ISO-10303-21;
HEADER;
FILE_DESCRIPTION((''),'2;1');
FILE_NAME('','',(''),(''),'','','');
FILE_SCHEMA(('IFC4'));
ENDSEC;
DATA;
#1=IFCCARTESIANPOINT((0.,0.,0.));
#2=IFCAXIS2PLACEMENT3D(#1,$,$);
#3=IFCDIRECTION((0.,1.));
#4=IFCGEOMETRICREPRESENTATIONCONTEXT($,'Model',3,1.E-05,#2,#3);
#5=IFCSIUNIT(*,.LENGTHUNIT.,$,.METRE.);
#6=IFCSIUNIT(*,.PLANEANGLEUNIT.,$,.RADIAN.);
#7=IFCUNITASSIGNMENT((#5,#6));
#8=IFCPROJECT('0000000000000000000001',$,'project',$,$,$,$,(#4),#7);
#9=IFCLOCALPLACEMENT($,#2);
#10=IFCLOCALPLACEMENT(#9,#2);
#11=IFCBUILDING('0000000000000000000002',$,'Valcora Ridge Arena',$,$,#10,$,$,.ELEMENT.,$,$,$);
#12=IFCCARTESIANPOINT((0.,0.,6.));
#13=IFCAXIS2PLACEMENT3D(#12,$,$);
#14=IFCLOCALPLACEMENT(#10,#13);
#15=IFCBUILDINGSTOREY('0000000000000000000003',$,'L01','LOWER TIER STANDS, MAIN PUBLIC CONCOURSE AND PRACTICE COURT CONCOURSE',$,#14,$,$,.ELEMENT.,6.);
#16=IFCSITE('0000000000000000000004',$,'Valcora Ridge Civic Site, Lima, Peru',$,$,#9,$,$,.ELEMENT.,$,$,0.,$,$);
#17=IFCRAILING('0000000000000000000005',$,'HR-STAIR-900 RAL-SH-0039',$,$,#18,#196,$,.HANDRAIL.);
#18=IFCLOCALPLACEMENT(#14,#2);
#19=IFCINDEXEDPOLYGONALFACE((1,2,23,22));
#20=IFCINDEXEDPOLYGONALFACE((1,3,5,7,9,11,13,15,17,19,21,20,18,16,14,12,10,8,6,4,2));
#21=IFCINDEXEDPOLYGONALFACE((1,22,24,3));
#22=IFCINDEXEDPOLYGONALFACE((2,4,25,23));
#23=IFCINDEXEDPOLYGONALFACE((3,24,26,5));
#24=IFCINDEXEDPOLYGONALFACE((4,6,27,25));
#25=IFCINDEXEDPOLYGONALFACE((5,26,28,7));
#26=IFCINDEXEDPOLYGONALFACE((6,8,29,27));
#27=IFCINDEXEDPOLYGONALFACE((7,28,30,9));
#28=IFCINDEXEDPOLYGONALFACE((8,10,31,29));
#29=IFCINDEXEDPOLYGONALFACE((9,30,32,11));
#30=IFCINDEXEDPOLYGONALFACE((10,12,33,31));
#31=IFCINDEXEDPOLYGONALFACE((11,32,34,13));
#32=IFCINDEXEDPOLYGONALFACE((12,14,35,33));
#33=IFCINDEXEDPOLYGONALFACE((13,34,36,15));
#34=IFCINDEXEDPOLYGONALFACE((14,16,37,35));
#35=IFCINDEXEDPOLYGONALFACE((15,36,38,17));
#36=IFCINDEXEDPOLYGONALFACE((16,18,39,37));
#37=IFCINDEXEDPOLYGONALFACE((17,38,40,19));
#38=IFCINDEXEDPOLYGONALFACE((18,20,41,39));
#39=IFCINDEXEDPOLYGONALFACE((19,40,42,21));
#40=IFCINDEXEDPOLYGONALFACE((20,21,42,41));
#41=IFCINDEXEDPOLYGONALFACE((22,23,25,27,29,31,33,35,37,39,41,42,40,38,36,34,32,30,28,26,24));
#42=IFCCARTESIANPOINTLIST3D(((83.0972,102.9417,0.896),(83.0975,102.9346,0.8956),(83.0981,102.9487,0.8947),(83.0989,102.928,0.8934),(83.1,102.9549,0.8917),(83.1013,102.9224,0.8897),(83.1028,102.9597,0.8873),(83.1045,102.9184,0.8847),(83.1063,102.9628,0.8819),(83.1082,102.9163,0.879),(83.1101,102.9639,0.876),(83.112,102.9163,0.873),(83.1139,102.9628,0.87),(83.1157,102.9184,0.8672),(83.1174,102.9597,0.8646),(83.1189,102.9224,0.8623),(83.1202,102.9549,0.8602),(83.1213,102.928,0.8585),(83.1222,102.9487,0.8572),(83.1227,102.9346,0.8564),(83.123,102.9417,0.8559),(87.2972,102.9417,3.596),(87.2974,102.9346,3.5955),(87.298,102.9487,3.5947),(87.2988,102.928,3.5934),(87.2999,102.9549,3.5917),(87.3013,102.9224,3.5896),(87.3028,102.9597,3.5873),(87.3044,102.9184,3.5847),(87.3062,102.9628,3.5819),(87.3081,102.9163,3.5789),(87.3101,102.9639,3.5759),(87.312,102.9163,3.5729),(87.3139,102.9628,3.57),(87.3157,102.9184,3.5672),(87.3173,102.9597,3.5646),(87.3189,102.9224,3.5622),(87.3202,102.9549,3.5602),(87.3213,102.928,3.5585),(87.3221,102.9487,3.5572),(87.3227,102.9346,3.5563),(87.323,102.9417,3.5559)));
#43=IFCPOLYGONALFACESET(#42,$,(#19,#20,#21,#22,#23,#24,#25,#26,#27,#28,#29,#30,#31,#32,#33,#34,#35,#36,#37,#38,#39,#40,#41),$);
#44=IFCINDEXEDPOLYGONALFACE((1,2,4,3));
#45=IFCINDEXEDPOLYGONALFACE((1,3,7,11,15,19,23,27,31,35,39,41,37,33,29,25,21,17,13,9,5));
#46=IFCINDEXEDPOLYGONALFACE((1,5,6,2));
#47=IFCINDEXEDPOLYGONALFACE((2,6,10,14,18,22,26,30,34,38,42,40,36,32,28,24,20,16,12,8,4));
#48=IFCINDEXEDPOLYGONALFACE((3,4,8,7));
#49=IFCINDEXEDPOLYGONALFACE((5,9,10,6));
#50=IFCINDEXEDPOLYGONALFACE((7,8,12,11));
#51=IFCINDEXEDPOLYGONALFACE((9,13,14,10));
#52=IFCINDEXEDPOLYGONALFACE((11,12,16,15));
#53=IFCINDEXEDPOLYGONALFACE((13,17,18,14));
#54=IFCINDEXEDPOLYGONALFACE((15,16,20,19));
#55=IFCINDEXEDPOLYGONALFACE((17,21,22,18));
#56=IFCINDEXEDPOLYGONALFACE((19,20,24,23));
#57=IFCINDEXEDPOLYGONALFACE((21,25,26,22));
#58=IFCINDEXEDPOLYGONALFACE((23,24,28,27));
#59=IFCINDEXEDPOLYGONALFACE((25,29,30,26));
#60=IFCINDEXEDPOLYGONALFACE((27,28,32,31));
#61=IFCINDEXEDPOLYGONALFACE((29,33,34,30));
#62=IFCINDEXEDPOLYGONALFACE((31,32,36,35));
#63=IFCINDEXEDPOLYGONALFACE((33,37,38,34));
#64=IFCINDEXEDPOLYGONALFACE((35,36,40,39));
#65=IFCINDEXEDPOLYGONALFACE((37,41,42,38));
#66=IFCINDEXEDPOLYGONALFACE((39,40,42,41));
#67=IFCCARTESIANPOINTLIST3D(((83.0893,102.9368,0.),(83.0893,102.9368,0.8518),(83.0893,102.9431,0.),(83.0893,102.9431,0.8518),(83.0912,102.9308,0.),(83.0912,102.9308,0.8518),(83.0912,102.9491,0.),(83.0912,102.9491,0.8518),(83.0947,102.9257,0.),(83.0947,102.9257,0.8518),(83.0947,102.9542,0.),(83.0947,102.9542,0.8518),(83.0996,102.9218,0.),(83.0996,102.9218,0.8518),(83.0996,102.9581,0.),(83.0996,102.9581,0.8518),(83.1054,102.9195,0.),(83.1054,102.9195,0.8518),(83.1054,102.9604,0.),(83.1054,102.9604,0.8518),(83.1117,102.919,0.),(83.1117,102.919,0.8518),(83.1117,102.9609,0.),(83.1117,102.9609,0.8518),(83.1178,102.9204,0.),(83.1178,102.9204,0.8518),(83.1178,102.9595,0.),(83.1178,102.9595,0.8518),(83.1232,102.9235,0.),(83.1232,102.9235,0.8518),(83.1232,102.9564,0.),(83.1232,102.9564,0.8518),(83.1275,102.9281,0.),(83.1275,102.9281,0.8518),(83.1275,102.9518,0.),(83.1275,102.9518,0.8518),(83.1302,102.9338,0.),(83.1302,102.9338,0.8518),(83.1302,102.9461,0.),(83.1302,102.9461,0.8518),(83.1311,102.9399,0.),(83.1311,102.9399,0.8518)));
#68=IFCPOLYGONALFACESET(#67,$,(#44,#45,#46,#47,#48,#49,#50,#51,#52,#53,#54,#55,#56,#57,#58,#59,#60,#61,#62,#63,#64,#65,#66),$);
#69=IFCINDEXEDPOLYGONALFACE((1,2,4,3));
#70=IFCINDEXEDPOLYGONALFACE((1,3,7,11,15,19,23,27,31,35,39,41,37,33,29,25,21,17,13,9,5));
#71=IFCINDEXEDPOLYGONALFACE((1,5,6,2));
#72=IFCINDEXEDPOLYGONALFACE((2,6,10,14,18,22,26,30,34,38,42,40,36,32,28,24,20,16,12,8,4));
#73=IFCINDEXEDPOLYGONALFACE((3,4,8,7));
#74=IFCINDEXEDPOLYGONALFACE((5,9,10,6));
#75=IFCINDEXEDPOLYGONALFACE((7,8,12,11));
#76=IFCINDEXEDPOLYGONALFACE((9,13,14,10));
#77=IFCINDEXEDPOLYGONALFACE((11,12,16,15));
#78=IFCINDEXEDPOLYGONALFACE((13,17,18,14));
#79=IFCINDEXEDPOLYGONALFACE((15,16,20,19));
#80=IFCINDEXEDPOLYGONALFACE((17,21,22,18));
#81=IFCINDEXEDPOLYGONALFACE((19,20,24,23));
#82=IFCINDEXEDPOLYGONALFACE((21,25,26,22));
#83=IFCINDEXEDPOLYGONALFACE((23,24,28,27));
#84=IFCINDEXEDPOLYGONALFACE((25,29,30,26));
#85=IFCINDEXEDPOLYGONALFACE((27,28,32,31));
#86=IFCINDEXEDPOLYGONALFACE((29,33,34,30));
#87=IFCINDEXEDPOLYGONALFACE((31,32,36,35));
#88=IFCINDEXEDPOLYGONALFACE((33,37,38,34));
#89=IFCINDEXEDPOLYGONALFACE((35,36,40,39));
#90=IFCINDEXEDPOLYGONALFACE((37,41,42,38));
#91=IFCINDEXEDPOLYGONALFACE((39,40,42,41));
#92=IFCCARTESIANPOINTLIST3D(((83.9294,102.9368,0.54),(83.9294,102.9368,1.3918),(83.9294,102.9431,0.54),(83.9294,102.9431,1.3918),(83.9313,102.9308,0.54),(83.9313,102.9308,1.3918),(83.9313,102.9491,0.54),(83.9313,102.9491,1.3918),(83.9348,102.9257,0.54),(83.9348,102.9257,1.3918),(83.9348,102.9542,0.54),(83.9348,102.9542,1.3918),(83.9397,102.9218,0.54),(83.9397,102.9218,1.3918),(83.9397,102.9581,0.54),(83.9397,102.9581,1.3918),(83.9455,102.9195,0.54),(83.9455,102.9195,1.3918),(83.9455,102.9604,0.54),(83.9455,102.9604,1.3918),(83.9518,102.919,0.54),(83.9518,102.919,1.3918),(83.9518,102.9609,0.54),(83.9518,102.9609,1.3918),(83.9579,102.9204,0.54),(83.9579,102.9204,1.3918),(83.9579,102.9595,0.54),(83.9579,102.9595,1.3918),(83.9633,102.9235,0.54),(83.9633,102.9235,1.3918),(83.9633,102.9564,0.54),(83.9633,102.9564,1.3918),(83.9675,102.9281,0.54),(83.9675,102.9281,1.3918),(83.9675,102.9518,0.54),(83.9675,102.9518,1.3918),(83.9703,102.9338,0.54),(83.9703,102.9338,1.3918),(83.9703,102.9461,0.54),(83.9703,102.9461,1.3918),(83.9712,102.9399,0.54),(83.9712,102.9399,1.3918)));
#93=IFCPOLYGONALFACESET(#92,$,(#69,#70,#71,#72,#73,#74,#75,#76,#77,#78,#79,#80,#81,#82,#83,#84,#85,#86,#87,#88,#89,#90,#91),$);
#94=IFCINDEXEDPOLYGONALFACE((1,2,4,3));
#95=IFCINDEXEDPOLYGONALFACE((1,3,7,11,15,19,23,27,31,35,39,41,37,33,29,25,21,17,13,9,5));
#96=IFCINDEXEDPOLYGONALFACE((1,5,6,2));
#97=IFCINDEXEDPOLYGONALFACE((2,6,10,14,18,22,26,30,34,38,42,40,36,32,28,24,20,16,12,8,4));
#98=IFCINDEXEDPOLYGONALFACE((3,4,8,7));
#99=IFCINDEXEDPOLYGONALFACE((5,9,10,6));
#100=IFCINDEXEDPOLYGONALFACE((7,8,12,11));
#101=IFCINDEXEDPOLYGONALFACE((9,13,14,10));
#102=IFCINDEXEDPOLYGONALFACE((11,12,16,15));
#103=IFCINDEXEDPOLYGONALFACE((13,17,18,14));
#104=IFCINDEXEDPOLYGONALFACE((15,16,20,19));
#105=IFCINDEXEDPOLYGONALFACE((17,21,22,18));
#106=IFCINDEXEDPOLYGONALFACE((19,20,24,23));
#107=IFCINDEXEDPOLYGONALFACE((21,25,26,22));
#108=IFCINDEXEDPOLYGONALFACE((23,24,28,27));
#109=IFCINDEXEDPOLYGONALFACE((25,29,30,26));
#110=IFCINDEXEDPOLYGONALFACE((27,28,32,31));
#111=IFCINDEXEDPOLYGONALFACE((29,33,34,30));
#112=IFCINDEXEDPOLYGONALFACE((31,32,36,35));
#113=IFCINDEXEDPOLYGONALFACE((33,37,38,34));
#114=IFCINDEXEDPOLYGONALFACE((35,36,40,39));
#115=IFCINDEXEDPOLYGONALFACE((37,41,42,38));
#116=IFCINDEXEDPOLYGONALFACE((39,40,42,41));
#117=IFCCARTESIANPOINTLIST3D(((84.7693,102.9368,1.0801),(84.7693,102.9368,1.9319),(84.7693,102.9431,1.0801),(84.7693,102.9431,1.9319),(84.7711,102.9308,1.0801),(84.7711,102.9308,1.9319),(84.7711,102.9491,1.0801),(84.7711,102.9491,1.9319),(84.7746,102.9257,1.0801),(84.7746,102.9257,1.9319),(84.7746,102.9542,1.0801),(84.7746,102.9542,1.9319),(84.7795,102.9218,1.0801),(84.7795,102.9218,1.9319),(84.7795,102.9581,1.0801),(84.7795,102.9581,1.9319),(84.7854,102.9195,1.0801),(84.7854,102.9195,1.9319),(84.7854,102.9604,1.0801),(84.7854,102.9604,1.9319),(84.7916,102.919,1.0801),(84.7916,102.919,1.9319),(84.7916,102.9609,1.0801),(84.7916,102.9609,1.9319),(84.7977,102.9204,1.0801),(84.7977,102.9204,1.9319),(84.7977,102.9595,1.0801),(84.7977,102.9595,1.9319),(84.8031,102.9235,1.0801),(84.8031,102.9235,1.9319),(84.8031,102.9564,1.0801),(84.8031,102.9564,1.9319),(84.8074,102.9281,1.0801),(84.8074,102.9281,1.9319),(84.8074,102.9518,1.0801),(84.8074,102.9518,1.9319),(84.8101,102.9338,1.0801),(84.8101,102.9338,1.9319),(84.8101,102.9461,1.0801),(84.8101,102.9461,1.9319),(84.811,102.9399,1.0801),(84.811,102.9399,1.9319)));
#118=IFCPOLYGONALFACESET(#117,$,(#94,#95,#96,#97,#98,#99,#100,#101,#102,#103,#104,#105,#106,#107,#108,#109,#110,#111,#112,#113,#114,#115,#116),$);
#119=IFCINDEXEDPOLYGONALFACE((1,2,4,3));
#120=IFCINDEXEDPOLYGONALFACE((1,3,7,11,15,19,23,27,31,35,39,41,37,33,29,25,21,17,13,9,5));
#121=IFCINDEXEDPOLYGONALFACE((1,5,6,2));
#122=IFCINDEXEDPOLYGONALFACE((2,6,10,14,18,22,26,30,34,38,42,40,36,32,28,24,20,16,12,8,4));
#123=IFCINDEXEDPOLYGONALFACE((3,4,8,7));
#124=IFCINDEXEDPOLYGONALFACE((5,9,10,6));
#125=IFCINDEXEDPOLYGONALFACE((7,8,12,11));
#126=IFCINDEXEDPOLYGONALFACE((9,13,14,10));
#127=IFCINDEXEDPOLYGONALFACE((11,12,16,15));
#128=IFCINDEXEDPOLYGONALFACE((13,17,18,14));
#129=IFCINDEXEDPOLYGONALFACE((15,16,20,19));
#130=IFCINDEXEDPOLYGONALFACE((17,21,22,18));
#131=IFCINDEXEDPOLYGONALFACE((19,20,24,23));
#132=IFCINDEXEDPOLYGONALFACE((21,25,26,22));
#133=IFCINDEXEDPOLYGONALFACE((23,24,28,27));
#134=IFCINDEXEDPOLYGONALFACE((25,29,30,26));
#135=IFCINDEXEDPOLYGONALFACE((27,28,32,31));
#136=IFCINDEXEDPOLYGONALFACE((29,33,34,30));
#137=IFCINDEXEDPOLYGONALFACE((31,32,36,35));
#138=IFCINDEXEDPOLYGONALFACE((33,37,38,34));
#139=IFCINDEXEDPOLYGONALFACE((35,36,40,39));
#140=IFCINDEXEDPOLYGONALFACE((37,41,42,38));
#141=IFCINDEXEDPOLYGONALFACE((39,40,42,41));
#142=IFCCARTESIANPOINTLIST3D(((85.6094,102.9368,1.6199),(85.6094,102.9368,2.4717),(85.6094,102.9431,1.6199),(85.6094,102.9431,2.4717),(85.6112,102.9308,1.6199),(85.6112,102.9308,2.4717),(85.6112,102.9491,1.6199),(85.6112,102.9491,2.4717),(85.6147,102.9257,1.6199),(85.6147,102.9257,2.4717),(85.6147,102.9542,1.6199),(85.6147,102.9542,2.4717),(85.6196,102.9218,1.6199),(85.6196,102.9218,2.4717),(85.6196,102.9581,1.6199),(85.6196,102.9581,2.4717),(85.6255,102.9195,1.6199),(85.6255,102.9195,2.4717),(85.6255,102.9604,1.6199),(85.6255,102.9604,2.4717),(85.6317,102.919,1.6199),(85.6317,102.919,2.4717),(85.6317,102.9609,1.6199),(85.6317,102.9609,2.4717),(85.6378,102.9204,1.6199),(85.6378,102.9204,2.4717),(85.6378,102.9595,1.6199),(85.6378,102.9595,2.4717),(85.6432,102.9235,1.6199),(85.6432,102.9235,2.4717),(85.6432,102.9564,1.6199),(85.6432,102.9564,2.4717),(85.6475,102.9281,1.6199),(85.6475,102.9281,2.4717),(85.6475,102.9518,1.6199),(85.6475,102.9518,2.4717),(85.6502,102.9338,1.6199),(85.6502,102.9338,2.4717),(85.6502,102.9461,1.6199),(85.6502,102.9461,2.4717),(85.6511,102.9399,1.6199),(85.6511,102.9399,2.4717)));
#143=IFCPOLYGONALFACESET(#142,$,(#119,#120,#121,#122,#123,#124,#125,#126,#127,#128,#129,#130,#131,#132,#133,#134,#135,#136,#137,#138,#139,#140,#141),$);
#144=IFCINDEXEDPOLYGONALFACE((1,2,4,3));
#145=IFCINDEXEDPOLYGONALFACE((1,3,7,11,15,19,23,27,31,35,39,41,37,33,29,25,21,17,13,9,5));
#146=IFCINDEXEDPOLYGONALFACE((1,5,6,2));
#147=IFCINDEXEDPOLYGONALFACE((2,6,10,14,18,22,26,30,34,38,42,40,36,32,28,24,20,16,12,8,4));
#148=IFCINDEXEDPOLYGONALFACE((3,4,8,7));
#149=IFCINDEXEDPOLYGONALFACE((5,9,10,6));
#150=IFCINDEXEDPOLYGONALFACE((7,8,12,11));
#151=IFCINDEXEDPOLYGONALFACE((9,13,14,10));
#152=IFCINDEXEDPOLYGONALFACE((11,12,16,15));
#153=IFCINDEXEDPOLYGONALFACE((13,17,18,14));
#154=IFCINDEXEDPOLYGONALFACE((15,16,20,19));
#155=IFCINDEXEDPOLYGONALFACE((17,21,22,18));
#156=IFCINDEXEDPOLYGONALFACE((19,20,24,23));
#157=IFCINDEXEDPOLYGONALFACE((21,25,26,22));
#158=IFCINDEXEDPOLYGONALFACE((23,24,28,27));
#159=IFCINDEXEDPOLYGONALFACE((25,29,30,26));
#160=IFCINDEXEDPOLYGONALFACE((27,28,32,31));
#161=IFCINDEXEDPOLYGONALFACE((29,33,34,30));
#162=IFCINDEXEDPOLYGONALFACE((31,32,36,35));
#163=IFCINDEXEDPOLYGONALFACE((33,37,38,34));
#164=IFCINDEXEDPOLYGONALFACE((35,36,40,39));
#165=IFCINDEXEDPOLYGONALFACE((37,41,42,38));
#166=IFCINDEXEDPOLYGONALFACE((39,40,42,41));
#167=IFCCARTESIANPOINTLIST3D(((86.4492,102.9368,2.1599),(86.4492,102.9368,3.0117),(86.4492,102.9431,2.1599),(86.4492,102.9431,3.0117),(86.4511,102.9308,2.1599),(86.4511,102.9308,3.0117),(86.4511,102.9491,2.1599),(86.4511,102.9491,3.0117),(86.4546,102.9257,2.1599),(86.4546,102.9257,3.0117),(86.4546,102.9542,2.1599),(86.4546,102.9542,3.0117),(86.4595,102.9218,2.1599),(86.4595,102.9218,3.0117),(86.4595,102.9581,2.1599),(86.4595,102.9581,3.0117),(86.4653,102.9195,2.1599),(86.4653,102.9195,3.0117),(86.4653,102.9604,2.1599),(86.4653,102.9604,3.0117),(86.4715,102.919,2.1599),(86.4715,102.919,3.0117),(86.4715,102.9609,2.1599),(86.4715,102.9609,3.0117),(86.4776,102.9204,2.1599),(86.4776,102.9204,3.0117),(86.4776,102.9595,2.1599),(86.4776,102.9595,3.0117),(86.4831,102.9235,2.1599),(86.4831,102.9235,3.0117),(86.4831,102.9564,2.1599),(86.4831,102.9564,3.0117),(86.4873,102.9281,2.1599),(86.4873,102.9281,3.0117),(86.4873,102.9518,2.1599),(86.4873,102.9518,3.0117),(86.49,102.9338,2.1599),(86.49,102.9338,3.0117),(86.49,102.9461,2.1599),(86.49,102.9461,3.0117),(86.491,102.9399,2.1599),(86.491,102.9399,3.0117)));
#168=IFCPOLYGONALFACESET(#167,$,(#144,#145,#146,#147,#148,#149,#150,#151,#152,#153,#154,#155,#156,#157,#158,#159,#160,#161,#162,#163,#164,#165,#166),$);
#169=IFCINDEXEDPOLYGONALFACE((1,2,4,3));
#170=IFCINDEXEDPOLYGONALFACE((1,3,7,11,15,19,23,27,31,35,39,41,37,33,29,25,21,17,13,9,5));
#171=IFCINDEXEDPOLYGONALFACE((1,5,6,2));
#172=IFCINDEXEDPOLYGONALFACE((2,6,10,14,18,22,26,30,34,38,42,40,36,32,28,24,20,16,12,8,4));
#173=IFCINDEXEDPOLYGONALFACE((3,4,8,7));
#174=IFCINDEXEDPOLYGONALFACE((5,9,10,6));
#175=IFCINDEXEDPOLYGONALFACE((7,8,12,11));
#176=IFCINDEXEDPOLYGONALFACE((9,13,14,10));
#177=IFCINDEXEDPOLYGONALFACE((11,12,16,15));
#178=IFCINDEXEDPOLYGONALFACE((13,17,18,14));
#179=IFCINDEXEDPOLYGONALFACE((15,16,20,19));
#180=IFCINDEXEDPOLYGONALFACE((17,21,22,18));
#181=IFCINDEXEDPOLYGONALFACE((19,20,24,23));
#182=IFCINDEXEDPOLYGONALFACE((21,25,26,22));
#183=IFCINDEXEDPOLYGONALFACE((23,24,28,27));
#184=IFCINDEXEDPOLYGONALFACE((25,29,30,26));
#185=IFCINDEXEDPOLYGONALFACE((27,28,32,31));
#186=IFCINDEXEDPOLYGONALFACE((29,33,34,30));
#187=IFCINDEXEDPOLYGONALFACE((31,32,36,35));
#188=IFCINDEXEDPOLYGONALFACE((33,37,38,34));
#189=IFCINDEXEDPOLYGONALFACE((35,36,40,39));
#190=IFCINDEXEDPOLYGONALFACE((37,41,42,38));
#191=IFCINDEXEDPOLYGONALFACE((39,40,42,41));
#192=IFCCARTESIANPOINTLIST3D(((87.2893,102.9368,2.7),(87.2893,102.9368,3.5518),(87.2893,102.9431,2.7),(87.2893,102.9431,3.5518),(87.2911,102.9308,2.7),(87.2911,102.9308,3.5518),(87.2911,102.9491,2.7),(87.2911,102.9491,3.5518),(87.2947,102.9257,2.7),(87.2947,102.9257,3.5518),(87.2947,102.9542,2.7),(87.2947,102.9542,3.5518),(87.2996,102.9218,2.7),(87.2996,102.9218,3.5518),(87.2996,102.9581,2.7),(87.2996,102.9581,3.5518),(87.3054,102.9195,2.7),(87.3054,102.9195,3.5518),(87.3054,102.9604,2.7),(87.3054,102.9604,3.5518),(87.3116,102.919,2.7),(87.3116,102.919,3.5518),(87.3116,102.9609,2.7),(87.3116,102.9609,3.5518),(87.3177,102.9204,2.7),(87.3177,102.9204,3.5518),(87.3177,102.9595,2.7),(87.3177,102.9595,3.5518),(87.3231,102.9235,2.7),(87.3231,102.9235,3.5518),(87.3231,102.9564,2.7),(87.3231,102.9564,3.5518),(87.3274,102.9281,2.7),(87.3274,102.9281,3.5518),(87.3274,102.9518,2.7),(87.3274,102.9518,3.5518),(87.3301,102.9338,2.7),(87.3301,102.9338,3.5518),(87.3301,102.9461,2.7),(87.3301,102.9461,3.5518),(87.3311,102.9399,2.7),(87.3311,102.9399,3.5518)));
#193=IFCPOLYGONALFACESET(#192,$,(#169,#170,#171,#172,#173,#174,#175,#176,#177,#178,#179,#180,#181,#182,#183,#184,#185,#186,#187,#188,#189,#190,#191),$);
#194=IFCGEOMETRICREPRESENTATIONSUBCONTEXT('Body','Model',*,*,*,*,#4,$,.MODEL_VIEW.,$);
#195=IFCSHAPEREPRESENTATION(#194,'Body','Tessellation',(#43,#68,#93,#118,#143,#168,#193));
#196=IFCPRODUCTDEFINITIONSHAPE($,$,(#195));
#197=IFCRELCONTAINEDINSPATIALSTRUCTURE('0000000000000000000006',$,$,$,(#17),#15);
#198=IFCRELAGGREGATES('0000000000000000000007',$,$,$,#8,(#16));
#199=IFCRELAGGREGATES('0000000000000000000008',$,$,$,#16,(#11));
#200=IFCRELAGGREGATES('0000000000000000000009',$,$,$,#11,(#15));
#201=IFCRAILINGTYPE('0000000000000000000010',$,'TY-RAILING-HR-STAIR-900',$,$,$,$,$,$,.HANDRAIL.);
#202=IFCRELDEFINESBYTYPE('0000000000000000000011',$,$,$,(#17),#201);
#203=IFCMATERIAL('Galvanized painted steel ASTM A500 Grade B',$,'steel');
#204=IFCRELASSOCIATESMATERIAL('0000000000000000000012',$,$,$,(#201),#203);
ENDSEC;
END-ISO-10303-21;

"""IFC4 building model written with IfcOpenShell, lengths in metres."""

from ifc_helpers import new_model, si_unit, direction, frame, origin, origin_2d, place, context, subcontext, project, spatial, circle, extrude, material, type_object, element, save


model = new_model("IFC4")

# Units and contexts
model_context = context("Model", 3, precision=1e-05, world=origin(), true_north=direction((0.0, 1.0)))
body_context = subcontext(model_context, "Body", "Model", "MODEL_VIEW")
ifc_project = project(units=[si_unit("LENGTHUNIT", "METRE"), si_unit("PLANEANGLEUNIT", "RADIAN")], contexts=[model_context])

# Site, building, storey
site_placement = place(None, origin())
site = spatial("IfcSite", under=ifc_project, at=site_placement, Name="Valcora Ridge Civic Site, Lima, Peru", CompositionType="ELEMENT", RefElevation=0.0)
building_placement = place(site_placement, origin())
building = spatial("IfcBuilding", under=site, at=building_placement, Name="Valcora Ridge Arena", CompositionType="ELEMENT")
storey_placement = place(building_placement, frame((0.0, 0.0, 6.0)))
storey = spatial("IfcBuildingStorey", under=building, at=storey_placement, Name="L01", Description="LOWER TIER STANDS, MAIN PUBLIC CONCOURSE AND PRACTICE COURT CONCOURSE", CompositionType="ELEMENT", Elevation=6.0)

# Railing
ifc_material_1 = material(Name="Galvanized painted steel ASTM A500 Grade B", Category="steel")
railing_type_1 = type_object("IfcRailingType", Name="TY-RAILING-HR-STAIR-900", PredefinedType="HANDRAIL", material=ifc_material_1)
railing_1_placement = place(storey_placement, frame((83.1101, 102.9399, 0.0)))
element("IfcRailing", 1, at=railing_1_placement, inside=storey, type_object=railing_type_1, Name="HR-STAIR-900 RAL-SH-0039", PredefinedType="HANDRAIL", context=body_context, shape_type="SweptSolid", body=[
    extrude(circle(Radius=0.0239, at=origin_2d()), frame((0.0, 0.0, 0.876), z_axis=(0.84118, 0.0, 0.540755), x_axis=(0.0, 1.0, 0.0)), (0.0, 0.0, 1.0), 4.9929),
    extrude(circle(Radius=0.021, at=origin_2d()), origin(), (0.0, 0.0, 1.0), 0.8518),
    extrude(circle(Radius=0.021, at=origin_2d()), frame((0.8401, 0.0, 0.54)), (0.0, 0.0, 1.0), 0.8518),
    extrude(circle(Radius=0.021, at=origin_2d()), frame((1.6799, 0.0, 1.0801)), (0.0, 0.0, 1.0), 0.8518),
    extrude(circle(Radius=0.021, at=origin_2d()), frame((2.52, 0.0, 1.6199)), (0.0, 0.0, 1.0), 0.8518),
    extrude(circle(Radius=0.021, at=origin_2d()), frame((3.3599, 0.0, 2.1599)), (0.0, 0.0, 1.0), 0.8518),
    extrude(circle(Radius=0.021, at=origin_2d()), frame((4.2, 0.0, 2.7)), (0.0, 0.0, 1.0), 0.8518),
])

save(model, "model.ifc")
